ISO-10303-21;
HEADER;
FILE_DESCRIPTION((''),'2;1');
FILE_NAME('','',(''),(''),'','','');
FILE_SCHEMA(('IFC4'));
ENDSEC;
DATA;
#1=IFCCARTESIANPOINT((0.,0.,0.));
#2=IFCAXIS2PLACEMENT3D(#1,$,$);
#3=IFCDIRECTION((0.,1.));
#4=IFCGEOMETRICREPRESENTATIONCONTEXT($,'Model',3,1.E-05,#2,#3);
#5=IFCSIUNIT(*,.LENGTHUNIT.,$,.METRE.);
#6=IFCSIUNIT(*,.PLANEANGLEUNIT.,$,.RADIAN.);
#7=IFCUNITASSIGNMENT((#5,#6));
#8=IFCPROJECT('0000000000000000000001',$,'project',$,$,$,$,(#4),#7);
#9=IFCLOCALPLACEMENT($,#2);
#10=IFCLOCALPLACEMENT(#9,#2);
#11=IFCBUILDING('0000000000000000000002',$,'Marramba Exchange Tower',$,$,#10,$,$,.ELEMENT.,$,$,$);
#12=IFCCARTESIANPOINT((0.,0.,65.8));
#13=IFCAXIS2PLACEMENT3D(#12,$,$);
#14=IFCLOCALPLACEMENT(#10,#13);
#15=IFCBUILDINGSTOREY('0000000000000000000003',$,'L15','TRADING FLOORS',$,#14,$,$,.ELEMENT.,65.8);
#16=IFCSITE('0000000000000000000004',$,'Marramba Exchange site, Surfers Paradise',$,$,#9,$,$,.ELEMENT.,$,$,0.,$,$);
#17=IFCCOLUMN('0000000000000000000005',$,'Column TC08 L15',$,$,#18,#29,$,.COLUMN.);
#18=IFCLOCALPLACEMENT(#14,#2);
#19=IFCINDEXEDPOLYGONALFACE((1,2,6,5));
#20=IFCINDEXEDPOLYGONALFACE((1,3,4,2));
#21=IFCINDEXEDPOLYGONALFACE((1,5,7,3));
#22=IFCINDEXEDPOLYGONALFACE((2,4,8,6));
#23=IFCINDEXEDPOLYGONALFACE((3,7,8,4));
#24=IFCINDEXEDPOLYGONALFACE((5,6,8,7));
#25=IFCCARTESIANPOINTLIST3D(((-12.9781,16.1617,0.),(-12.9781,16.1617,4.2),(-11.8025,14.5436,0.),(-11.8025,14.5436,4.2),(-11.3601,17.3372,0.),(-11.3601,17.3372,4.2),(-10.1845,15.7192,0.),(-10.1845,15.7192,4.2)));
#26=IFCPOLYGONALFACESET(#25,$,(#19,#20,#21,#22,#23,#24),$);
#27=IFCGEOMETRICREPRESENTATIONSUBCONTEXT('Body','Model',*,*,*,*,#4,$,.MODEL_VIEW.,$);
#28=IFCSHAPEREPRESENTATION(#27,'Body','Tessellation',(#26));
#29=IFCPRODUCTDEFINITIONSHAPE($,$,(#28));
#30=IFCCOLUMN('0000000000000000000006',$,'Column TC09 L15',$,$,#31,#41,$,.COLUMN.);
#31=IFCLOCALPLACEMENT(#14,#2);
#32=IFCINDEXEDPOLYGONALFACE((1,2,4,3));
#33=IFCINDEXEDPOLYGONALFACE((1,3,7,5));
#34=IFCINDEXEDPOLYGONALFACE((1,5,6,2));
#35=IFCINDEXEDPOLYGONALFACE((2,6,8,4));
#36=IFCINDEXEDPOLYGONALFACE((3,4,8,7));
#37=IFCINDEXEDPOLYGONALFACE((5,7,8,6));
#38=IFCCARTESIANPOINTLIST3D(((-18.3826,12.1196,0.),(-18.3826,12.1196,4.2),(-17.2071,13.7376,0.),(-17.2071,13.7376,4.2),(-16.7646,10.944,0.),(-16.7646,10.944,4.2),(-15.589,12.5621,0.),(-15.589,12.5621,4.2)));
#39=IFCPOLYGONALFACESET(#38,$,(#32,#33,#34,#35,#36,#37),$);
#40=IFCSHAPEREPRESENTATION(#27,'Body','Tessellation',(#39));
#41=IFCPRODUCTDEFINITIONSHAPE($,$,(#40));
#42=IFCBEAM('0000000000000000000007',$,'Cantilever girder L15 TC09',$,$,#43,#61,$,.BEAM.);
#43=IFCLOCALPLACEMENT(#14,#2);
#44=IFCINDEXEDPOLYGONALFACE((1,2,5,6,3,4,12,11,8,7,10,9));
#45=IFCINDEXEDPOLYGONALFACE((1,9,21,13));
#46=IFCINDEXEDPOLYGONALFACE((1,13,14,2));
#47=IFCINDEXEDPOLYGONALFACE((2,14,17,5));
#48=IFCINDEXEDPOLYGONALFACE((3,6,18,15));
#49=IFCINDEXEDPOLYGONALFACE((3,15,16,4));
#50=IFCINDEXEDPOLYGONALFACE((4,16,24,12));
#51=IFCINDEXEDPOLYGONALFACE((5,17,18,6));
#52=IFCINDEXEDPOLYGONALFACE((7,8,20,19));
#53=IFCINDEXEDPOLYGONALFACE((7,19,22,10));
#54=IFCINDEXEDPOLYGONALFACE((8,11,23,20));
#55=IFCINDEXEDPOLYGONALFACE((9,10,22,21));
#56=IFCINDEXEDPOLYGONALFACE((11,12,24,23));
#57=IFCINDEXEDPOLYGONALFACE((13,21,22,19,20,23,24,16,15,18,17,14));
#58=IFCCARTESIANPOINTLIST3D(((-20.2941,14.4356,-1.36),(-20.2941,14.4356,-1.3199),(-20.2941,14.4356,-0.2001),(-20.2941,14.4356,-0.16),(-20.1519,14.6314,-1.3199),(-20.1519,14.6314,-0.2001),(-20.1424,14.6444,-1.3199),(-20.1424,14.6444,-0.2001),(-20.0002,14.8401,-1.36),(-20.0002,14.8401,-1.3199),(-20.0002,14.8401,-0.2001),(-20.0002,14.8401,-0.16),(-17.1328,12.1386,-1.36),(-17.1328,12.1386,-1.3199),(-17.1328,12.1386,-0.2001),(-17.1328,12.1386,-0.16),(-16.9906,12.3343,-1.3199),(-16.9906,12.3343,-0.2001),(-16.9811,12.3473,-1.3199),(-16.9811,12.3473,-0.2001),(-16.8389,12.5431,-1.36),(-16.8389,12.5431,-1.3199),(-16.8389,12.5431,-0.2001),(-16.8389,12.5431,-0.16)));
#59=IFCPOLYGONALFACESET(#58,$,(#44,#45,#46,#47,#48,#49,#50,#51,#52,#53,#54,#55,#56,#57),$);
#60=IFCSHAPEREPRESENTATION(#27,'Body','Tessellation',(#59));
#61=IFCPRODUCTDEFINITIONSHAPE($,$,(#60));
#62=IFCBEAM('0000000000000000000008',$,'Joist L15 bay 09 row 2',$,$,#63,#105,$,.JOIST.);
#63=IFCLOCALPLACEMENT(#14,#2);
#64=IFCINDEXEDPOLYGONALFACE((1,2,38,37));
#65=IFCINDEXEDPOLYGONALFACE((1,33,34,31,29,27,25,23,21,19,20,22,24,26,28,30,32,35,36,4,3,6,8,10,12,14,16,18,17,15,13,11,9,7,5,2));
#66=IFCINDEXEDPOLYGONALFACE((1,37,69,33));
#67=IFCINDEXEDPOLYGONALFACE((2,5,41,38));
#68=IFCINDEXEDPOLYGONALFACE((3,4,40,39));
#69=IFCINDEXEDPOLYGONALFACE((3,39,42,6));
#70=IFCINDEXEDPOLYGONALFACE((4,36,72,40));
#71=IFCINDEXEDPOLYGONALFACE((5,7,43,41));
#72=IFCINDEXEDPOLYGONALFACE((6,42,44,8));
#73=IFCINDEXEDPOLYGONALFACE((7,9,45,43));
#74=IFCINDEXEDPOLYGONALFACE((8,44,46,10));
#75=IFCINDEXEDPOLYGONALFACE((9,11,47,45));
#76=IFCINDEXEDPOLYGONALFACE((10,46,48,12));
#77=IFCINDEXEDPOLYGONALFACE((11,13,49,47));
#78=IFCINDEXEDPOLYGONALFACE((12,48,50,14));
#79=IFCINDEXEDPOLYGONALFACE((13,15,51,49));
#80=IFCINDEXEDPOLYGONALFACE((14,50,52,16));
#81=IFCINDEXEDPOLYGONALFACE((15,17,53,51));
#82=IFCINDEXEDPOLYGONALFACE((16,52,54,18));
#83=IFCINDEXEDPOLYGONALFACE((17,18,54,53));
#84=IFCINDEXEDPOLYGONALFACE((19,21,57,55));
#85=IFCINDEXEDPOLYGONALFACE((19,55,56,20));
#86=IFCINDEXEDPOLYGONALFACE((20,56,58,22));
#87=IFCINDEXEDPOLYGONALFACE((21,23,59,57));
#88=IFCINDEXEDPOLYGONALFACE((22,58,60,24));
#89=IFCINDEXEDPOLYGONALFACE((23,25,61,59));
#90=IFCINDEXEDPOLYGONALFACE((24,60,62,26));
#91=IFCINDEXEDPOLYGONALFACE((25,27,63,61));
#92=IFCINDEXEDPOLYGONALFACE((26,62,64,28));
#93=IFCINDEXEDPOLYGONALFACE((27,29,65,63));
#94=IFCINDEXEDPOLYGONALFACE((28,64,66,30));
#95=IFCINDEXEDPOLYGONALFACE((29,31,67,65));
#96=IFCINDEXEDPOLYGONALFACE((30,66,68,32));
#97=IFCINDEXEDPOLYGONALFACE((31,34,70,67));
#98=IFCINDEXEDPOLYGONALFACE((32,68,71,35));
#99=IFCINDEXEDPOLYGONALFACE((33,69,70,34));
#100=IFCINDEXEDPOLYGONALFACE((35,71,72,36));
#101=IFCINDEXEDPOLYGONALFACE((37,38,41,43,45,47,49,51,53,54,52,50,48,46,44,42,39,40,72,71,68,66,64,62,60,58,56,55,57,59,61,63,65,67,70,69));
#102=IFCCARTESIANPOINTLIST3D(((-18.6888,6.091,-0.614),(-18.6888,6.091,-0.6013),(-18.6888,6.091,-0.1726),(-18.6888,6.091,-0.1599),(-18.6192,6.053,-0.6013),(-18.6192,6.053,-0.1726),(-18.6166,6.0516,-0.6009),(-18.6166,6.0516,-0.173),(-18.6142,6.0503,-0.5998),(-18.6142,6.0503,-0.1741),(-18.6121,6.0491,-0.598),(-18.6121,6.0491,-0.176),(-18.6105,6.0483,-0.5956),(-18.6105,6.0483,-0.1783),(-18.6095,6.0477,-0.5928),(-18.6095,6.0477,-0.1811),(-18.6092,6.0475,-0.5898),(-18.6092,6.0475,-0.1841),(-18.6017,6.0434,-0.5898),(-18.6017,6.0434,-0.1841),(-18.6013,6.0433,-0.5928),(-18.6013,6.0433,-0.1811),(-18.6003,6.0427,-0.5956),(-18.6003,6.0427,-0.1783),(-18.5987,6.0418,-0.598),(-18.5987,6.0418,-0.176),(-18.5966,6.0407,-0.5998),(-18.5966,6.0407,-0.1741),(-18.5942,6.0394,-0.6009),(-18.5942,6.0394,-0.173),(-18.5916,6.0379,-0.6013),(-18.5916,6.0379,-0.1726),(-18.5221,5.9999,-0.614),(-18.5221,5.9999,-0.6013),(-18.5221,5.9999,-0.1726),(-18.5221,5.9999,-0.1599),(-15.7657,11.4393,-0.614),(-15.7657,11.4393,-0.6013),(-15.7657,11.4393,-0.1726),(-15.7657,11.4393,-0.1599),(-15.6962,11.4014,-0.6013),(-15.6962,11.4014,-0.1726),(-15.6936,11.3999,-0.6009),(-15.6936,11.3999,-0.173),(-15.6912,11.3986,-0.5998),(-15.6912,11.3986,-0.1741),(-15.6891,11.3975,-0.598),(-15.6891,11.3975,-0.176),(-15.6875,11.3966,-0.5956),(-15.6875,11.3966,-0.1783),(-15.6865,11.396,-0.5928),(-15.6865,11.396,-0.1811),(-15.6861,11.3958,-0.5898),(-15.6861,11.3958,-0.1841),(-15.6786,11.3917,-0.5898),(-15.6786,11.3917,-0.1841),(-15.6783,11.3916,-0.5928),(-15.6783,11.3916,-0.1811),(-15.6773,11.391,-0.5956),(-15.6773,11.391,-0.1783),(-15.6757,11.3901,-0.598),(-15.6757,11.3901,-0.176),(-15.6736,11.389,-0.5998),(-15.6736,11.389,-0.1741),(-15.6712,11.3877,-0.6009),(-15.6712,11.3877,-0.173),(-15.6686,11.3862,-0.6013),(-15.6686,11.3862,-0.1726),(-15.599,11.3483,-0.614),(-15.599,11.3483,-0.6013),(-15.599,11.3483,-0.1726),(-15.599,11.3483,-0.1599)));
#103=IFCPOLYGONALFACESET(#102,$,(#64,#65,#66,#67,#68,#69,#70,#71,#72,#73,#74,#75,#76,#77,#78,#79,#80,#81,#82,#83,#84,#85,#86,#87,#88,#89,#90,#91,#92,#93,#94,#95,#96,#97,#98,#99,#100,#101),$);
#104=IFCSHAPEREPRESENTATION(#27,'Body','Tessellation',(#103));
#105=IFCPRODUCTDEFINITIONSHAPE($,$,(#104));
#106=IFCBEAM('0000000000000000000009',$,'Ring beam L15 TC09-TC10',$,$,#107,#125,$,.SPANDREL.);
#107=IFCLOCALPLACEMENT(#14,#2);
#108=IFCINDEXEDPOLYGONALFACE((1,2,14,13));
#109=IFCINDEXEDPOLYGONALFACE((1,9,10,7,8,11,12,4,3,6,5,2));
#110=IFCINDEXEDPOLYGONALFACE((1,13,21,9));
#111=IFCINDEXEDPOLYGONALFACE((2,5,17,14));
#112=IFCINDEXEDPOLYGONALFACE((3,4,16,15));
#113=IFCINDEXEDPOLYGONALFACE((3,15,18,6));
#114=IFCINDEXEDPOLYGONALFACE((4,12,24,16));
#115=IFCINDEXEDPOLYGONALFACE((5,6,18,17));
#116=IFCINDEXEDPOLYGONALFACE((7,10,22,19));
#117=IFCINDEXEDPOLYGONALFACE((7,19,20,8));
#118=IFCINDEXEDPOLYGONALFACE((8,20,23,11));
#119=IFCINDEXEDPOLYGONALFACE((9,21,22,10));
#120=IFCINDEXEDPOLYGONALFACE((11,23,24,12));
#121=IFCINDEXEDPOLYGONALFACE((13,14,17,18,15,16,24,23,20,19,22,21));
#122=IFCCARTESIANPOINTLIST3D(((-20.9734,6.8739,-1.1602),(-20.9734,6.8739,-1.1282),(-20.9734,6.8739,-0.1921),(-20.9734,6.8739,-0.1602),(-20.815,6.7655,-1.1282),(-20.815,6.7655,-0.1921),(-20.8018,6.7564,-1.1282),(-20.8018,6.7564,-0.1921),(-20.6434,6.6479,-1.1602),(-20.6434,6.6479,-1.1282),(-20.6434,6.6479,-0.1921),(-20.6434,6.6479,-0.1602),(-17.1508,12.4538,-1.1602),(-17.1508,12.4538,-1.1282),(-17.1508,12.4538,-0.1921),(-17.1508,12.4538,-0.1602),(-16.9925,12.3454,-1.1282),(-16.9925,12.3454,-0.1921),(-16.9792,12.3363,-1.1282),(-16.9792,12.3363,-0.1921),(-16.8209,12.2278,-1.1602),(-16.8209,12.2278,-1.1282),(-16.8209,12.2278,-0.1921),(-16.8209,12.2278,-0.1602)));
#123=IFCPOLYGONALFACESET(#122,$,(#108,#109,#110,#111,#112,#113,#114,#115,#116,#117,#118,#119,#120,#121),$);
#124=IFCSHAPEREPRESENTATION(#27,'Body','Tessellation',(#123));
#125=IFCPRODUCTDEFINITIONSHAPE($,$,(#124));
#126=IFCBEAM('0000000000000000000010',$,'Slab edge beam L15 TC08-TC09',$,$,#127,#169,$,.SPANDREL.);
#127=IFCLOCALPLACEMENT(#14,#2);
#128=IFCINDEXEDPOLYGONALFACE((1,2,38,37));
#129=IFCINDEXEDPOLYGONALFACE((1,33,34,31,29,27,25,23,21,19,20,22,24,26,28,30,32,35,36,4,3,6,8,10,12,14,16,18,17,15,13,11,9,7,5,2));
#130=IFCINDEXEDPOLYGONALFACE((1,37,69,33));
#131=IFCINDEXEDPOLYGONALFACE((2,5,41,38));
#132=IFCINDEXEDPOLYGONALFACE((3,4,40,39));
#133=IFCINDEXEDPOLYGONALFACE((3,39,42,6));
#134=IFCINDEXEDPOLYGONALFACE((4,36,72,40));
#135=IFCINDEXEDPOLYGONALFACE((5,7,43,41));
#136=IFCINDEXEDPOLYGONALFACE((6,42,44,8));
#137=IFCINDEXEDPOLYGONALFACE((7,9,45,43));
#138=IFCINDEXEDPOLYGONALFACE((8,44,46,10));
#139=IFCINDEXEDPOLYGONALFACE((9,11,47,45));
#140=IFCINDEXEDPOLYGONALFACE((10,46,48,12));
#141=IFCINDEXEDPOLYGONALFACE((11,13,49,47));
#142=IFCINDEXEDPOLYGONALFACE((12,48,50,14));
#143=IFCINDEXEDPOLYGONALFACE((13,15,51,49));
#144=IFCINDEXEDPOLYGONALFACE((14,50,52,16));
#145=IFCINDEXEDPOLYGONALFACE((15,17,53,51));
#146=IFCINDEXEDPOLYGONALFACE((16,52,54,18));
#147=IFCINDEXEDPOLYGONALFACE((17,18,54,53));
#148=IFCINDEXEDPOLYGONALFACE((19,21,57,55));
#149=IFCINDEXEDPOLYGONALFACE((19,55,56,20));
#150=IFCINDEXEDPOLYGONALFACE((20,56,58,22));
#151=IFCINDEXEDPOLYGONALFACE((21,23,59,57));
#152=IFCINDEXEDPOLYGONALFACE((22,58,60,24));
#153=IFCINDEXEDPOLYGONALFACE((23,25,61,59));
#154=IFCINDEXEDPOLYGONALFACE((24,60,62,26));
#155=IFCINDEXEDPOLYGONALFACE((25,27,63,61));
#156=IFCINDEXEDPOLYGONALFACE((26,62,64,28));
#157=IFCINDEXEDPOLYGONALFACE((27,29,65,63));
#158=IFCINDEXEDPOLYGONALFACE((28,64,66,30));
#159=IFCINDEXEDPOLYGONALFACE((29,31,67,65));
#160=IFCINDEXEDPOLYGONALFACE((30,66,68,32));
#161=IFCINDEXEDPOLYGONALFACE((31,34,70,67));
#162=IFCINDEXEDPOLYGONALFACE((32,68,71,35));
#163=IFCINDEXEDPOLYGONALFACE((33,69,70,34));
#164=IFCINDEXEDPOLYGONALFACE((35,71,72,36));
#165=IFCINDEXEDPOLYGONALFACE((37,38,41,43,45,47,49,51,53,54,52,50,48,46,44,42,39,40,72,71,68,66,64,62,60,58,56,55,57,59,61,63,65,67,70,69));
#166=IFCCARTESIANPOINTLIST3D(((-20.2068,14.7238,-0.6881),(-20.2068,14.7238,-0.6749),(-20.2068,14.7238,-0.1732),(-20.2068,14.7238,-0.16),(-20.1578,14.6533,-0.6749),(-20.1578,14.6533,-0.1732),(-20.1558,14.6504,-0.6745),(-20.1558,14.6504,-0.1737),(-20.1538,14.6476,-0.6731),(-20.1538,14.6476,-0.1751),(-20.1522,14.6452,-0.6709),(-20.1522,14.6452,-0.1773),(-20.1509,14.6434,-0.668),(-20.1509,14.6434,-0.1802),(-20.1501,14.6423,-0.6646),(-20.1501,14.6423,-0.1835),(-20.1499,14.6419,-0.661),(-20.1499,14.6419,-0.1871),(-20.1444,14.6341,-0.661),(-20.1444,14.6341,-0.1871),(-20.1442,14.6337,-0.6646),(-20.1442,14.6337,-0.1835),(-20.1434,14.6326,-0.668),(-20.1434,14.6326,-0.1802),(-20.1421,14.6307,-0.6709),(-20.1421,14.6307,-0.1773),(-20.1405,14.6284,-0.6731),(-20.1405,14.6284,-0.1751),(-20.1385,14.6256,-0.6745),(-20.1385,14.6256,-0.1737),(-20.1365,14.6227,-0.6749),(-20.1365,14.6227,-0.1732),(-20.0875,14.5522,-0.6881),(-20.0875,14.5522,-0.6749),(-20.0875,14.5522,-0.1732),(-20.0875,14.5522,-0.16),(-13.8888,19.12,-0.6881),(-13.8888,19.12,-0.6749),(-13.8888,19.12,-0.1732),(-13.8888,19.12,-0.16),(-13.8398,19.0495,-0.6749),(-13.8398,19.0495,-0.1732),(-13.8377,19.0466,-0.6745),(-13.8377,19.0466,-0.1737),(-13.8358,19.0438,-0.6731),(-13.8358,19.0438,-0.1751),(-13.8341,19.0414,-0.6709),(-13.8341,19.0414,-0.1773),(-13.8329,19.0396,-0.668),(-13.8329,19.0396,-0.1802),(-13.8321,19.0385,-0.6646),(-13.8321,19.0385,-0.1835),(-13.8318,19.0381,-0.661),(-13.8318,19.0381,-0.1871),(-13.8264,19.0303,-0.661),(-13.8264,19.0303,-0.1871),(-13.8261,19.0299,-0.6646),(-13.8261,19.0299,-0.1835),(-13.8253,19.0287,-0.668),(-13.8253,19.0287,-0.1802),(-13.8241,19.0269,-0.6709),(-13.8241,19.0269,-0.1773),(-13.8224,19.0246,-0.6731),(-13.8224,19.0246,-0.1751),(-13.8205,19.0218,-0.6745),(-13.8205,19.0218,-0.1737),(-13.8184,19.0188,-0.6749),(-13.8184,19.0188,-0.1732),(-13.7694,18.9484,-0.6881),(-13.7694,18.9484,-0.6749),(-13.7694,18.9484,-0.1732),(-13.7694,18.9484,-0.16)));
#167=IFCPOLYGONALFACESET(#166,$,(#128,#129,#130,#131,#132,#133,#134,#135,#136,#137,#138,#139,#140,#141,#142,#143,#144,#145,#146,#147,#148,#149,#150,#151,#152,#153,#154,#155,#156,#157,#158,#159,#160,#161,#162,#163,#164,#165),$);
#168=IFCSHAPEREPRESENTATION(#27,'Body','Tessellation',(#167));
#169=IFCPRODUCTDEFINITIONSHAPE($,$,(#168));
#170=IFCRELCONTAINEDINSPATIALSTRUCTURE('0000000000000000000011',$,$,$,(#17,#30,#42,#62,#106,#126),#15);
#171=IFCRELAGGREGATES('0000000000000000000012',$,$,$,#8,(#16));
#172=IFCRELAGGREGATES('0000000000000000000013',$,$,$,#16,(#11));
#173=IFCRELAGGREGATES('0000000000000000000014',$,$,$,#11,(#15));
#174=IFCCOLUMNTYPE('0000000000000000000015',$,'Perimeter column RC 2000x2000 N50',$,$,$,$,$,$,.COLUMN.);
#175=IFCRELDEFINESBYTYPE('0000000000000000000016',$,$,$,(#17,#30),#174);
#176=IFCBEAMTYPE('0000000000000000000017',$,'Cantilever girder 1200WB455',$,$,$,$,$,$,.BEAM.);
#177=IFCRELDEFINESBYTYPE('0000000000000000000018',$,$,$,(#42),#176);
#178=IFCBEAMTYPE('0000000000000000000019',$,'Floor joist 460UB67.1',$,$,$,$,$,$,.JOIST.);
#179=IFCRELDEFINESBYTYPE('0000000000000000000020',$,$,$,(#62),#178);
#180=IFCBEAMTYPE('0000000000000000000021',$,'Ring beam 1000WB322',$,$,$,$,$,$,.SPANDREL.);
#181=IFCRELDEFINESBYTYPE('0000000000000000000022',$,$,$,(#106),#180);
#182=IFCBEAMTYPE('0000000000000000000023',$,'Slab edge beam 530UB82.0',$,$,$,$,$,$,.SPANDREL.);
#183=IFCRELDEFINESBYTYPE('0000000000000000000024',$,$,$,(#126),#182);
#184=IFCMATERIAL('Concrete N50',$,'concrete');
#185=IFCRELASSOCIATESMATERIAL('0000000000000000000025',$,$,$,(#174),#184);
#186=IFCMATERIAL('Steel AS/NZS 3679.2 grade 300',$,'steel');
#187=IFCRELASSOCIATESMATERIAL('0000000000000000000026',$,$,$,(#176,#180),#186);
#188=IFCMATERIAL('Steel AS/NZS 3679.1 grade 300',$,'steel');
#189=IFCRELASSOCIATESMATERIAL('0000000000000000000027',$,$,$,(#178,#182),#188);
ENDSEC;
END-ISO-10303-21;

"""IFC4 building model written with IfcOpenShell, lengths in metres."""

from ifc_helpers import new_model, si_unit, direction, frame, origin, origin_2d, place, context, subcontext, project, spatial, rectangle, i_section, extrude, material, material_profile, profile_set, type_object, element, save


model = new_model("IFC4")

# Units and contexts
model_context = context("Model", 3, precision=1e-05, world=origin(), true_north=direction((0.0, 1.0)))
body_context = subcontext(model_context, "Body", "Model", "MODEL_VIEW")
ifc_project = project(units=[si_unit("LENGTHUNIT", "METRE"), si_unit("PLANEANGLEUNIT", "RADIAN")], contexts=[model_context])

# Site, building, storey
site_placement = place(None, origin())
site = spatial("IfcSite", under=ifc_project, at=site_placement, Name="Marramba Exchange site, Surfers Paradise", CompositionType="ELEMENT", RefElevation=0.0)
building_placement = place(site_placement, origin())
building = spatial("IfcBuilding", under=site, at=building_placement, Name="Marramba Exchange Tower", CompositionType="ELEMENT")
storey_placement = place(building_placement, frame((0.0, 0.0, 65.8)))
storey = spatial("IfcBuildingStorey", under=building, at=storey_placement, Name="L15", Description="TRADING FLOORS", CompositionType="ELEMENT", Elevation=65.8)

# Columns
ifc_material_1 = material(Name="Concrete N50", Category="concrete")
ifc_material_profile_1 = material_profile(ifc_material_1, rectangle(XDim=2.0, YDim=2.0, at=origin_2d()), Name="RC 2000x2000")
ifc_profile_set_1 = profile_set([ifc_material_profile_1], Name="Concrete N50")
column_type = type_object("IfcColumnType", Name="Perimeter column RC 2000x2000 N50", PredefinedType="COLUMN", material=ifc_profile_set_1)
for number, where, z_axis, x_axis, name in (
    (1, (-11.5813, 15.9404, 0.0), (0.0, 0.0, 1.0), (-0.587785, 0.809017, 0.0), "Column TC08 L15"),
    (2, (-16.9858, 12.3408, 0.0), (0.0, 0.0, 1.0), (-0.809017, 0.587785, 0.0), "Column TC09 L15"),
):
    element("IfcColumn", number, at=place(storey_placement, frame(where, z_axis=z_axis, x_axis=x_axis)), inside=storey, type_object=column_type, Name=name, PredefinedType="COLUMN", context=body_context, shape_type="SweptSolid", body=[
        extrude(rectangle(XDim=2.0, YDim=2.0, at=origin_2d()), origin(), (0.0, 0.0, 1.0), 4.2),
    ])

# Beams
ifc_material_2 = material(Name="Steel AS/NZS 3679.2 grade 300", Category="steel")
ifc_material_profile_2 = material_profile(ifc_material_2, i_section(OverallWidth=0.5, OverallDepth=1.2, WebThickness=0.0161, FlangeThickness=0.04, at=origin_2d()), Name="1200WB455")
ifc_profile_set_2 = profile_set([ifc_material_profile_2], Name="Steel AS/NZS 3679.2 grade 300")
beam_type_1 = type_object("IfcBeamType", Name="Cantilever girder 1200WB455", PredefinedType="BEAM", material=ifc_profile_set_2)
beam_1_placement = place(storey_placement, frame((-16.9858, 12.3408, -0.76), z_axis=(-0.808987, 0.587826, 0.0), x_axis=(-0.587826, -0.808987, 0.0)))
element("IfcBeam", 3, at=beam_1_placement, inside=storey, type_object=beam_type_1, Name="Cantilever girder L15 TC09", PredefinedType="BEAM", context=body_context, shape_type="SweptSolid", body=[
    extrude(i_section(OverallWidth=0.5, OverallDepth=1.2, WebThickness=0.0161, FlangeThickness=0.04, at=origin_2d()), origin(), (0.0, 0.0, 1.0), 3.9077),
])
ifc_material_3 = material(Name="Steel AS/NZS 3679.1 grade 300", Category="steel")
ifc_material_profile_3 = material_profile(ifc_material_3, i_section(OverallWidth=0.1899, OverallDepth=0.4541, WebThickness=0.0085, FlangeThickness=0.0127, FilletRadius=0.0115, at=origin_2d()), Name="460UB67.1")
ifc_profile_set_3 = profile_set([ifc_material_profile_3], Name="Steel AS/NZS 3679.1 grade 300")
beam_type_2 = type_object("IfcBeamType", Name="Floor joist 460UB67.1", PredefinedType="JOIST", material=ifc_profile_set_3)
beam_2_placement = place(storey_placement, frame((-15.6824, 11.3938, -0.387), z_axis=(-0.479584, -0.877496, 0.0), x_axis=(0.877496, -0.479584, 0.0)))
element("IfcBeam", 4, at=beam_2_placement, inside=storey, type_object=beam_type_2, Name="Joist L15 bay 09 row 2", PredefinedType="JOIST", context=body_context, shape_type="SweptSolid", body=[
    extrude(i_section(OverallWidth=0.1899, OverallDepth=0.4541, WebThickness=0.0085, FlangeThickness=0.0127, FilletRadius=0.0115, at=origin_2d()), origin(), (0.0, 0.0, 1.0), 6.095),
])
ifc_material_profile_4 = material_profile(ifc_material_2, i_section(OverallWidth=0.3999, OverallDepth=1.0, WebThickness=0.0161, FlangeThickness=0.032, at=origin_2d()), Name="1000WB322")
ifc_profile_set_4 = profile_set([ifc_material_profile_4], Name="Steel AS/NZS 3679.2 grade 300")
beam_type_3 = type_object("IfcBeamType", Name="Ring beam 1000WB322", PredefinedType="SPANDREL", material=ifc_profile_set_4)
beam_3_placement = place(storey_placement, frame((-16.9858, 12.3408, -0.6602), z_axis=(-0.56516, -0.824981, 0.0), x_axis=(0.824981, -0.56516, 0.0)))
element("IfcBeam", 5, at=beam_3_placement, inside=storey, type_object=beam_type_3, Name="Ring beam L15 TC09-TC10", PredefinedType="SPANDREL", context=body_context, shape_type="SweptSolid", body=[
    extrude(i_section(OverallWidth=0.3999, OverallDepth=1.0, WebThickness=0.0161, FlangeThickness=0.032, at=origin_2d()), origin(), (0.0, 0.0, 1.0), 6.7637),
])
ifc_material_profile_5 = material_profile(ifc_material_3, i_section(OverallWidth=0.209, OverallDepth=0.5281, WebThickness=0.0095, FlangeThickness=0.0132, FilletRadius=0.0139, at=origin_2d()), Name="530UB82.0")
ifc_profile_set_5 = profile_set([ifc_material_profile_5], Name="Steel AS/NZS 3679.1 grade 300")
beam_type_4 = type_object("IfcBeamType", Name="Slab edge beam 530UB82.0", PredefinedType="SPANDREL", material=ifc_profile_set_5)
beam_4_placement = place(storey_placement, frame((-13.8291, 19.0342, -0.4241), z_axis=(-0.820842, -0.571155, 0.0), x_axis=(0.571155, -0.820842, 0.0)))
element("IfcBeam", 6, at=beam_4_placement, inside=storey, type_object=beam_type_4, Name="Slab edge beam L15 TC08-TC09", PredefinedType="SPANDREL", context=body_context, shape_type="SweptSolid", body=[
    extrude(i_section(OverallWidth=0.209, OverallDepth=0.5281, WebThickness=0.0095, FlangeThickness=0.0132, FilletRadius=0.0139, at=origin_2d()), origin(), (0.0, 0.0, 1.0), 7.697),
])

save(model, "model.ifc")
